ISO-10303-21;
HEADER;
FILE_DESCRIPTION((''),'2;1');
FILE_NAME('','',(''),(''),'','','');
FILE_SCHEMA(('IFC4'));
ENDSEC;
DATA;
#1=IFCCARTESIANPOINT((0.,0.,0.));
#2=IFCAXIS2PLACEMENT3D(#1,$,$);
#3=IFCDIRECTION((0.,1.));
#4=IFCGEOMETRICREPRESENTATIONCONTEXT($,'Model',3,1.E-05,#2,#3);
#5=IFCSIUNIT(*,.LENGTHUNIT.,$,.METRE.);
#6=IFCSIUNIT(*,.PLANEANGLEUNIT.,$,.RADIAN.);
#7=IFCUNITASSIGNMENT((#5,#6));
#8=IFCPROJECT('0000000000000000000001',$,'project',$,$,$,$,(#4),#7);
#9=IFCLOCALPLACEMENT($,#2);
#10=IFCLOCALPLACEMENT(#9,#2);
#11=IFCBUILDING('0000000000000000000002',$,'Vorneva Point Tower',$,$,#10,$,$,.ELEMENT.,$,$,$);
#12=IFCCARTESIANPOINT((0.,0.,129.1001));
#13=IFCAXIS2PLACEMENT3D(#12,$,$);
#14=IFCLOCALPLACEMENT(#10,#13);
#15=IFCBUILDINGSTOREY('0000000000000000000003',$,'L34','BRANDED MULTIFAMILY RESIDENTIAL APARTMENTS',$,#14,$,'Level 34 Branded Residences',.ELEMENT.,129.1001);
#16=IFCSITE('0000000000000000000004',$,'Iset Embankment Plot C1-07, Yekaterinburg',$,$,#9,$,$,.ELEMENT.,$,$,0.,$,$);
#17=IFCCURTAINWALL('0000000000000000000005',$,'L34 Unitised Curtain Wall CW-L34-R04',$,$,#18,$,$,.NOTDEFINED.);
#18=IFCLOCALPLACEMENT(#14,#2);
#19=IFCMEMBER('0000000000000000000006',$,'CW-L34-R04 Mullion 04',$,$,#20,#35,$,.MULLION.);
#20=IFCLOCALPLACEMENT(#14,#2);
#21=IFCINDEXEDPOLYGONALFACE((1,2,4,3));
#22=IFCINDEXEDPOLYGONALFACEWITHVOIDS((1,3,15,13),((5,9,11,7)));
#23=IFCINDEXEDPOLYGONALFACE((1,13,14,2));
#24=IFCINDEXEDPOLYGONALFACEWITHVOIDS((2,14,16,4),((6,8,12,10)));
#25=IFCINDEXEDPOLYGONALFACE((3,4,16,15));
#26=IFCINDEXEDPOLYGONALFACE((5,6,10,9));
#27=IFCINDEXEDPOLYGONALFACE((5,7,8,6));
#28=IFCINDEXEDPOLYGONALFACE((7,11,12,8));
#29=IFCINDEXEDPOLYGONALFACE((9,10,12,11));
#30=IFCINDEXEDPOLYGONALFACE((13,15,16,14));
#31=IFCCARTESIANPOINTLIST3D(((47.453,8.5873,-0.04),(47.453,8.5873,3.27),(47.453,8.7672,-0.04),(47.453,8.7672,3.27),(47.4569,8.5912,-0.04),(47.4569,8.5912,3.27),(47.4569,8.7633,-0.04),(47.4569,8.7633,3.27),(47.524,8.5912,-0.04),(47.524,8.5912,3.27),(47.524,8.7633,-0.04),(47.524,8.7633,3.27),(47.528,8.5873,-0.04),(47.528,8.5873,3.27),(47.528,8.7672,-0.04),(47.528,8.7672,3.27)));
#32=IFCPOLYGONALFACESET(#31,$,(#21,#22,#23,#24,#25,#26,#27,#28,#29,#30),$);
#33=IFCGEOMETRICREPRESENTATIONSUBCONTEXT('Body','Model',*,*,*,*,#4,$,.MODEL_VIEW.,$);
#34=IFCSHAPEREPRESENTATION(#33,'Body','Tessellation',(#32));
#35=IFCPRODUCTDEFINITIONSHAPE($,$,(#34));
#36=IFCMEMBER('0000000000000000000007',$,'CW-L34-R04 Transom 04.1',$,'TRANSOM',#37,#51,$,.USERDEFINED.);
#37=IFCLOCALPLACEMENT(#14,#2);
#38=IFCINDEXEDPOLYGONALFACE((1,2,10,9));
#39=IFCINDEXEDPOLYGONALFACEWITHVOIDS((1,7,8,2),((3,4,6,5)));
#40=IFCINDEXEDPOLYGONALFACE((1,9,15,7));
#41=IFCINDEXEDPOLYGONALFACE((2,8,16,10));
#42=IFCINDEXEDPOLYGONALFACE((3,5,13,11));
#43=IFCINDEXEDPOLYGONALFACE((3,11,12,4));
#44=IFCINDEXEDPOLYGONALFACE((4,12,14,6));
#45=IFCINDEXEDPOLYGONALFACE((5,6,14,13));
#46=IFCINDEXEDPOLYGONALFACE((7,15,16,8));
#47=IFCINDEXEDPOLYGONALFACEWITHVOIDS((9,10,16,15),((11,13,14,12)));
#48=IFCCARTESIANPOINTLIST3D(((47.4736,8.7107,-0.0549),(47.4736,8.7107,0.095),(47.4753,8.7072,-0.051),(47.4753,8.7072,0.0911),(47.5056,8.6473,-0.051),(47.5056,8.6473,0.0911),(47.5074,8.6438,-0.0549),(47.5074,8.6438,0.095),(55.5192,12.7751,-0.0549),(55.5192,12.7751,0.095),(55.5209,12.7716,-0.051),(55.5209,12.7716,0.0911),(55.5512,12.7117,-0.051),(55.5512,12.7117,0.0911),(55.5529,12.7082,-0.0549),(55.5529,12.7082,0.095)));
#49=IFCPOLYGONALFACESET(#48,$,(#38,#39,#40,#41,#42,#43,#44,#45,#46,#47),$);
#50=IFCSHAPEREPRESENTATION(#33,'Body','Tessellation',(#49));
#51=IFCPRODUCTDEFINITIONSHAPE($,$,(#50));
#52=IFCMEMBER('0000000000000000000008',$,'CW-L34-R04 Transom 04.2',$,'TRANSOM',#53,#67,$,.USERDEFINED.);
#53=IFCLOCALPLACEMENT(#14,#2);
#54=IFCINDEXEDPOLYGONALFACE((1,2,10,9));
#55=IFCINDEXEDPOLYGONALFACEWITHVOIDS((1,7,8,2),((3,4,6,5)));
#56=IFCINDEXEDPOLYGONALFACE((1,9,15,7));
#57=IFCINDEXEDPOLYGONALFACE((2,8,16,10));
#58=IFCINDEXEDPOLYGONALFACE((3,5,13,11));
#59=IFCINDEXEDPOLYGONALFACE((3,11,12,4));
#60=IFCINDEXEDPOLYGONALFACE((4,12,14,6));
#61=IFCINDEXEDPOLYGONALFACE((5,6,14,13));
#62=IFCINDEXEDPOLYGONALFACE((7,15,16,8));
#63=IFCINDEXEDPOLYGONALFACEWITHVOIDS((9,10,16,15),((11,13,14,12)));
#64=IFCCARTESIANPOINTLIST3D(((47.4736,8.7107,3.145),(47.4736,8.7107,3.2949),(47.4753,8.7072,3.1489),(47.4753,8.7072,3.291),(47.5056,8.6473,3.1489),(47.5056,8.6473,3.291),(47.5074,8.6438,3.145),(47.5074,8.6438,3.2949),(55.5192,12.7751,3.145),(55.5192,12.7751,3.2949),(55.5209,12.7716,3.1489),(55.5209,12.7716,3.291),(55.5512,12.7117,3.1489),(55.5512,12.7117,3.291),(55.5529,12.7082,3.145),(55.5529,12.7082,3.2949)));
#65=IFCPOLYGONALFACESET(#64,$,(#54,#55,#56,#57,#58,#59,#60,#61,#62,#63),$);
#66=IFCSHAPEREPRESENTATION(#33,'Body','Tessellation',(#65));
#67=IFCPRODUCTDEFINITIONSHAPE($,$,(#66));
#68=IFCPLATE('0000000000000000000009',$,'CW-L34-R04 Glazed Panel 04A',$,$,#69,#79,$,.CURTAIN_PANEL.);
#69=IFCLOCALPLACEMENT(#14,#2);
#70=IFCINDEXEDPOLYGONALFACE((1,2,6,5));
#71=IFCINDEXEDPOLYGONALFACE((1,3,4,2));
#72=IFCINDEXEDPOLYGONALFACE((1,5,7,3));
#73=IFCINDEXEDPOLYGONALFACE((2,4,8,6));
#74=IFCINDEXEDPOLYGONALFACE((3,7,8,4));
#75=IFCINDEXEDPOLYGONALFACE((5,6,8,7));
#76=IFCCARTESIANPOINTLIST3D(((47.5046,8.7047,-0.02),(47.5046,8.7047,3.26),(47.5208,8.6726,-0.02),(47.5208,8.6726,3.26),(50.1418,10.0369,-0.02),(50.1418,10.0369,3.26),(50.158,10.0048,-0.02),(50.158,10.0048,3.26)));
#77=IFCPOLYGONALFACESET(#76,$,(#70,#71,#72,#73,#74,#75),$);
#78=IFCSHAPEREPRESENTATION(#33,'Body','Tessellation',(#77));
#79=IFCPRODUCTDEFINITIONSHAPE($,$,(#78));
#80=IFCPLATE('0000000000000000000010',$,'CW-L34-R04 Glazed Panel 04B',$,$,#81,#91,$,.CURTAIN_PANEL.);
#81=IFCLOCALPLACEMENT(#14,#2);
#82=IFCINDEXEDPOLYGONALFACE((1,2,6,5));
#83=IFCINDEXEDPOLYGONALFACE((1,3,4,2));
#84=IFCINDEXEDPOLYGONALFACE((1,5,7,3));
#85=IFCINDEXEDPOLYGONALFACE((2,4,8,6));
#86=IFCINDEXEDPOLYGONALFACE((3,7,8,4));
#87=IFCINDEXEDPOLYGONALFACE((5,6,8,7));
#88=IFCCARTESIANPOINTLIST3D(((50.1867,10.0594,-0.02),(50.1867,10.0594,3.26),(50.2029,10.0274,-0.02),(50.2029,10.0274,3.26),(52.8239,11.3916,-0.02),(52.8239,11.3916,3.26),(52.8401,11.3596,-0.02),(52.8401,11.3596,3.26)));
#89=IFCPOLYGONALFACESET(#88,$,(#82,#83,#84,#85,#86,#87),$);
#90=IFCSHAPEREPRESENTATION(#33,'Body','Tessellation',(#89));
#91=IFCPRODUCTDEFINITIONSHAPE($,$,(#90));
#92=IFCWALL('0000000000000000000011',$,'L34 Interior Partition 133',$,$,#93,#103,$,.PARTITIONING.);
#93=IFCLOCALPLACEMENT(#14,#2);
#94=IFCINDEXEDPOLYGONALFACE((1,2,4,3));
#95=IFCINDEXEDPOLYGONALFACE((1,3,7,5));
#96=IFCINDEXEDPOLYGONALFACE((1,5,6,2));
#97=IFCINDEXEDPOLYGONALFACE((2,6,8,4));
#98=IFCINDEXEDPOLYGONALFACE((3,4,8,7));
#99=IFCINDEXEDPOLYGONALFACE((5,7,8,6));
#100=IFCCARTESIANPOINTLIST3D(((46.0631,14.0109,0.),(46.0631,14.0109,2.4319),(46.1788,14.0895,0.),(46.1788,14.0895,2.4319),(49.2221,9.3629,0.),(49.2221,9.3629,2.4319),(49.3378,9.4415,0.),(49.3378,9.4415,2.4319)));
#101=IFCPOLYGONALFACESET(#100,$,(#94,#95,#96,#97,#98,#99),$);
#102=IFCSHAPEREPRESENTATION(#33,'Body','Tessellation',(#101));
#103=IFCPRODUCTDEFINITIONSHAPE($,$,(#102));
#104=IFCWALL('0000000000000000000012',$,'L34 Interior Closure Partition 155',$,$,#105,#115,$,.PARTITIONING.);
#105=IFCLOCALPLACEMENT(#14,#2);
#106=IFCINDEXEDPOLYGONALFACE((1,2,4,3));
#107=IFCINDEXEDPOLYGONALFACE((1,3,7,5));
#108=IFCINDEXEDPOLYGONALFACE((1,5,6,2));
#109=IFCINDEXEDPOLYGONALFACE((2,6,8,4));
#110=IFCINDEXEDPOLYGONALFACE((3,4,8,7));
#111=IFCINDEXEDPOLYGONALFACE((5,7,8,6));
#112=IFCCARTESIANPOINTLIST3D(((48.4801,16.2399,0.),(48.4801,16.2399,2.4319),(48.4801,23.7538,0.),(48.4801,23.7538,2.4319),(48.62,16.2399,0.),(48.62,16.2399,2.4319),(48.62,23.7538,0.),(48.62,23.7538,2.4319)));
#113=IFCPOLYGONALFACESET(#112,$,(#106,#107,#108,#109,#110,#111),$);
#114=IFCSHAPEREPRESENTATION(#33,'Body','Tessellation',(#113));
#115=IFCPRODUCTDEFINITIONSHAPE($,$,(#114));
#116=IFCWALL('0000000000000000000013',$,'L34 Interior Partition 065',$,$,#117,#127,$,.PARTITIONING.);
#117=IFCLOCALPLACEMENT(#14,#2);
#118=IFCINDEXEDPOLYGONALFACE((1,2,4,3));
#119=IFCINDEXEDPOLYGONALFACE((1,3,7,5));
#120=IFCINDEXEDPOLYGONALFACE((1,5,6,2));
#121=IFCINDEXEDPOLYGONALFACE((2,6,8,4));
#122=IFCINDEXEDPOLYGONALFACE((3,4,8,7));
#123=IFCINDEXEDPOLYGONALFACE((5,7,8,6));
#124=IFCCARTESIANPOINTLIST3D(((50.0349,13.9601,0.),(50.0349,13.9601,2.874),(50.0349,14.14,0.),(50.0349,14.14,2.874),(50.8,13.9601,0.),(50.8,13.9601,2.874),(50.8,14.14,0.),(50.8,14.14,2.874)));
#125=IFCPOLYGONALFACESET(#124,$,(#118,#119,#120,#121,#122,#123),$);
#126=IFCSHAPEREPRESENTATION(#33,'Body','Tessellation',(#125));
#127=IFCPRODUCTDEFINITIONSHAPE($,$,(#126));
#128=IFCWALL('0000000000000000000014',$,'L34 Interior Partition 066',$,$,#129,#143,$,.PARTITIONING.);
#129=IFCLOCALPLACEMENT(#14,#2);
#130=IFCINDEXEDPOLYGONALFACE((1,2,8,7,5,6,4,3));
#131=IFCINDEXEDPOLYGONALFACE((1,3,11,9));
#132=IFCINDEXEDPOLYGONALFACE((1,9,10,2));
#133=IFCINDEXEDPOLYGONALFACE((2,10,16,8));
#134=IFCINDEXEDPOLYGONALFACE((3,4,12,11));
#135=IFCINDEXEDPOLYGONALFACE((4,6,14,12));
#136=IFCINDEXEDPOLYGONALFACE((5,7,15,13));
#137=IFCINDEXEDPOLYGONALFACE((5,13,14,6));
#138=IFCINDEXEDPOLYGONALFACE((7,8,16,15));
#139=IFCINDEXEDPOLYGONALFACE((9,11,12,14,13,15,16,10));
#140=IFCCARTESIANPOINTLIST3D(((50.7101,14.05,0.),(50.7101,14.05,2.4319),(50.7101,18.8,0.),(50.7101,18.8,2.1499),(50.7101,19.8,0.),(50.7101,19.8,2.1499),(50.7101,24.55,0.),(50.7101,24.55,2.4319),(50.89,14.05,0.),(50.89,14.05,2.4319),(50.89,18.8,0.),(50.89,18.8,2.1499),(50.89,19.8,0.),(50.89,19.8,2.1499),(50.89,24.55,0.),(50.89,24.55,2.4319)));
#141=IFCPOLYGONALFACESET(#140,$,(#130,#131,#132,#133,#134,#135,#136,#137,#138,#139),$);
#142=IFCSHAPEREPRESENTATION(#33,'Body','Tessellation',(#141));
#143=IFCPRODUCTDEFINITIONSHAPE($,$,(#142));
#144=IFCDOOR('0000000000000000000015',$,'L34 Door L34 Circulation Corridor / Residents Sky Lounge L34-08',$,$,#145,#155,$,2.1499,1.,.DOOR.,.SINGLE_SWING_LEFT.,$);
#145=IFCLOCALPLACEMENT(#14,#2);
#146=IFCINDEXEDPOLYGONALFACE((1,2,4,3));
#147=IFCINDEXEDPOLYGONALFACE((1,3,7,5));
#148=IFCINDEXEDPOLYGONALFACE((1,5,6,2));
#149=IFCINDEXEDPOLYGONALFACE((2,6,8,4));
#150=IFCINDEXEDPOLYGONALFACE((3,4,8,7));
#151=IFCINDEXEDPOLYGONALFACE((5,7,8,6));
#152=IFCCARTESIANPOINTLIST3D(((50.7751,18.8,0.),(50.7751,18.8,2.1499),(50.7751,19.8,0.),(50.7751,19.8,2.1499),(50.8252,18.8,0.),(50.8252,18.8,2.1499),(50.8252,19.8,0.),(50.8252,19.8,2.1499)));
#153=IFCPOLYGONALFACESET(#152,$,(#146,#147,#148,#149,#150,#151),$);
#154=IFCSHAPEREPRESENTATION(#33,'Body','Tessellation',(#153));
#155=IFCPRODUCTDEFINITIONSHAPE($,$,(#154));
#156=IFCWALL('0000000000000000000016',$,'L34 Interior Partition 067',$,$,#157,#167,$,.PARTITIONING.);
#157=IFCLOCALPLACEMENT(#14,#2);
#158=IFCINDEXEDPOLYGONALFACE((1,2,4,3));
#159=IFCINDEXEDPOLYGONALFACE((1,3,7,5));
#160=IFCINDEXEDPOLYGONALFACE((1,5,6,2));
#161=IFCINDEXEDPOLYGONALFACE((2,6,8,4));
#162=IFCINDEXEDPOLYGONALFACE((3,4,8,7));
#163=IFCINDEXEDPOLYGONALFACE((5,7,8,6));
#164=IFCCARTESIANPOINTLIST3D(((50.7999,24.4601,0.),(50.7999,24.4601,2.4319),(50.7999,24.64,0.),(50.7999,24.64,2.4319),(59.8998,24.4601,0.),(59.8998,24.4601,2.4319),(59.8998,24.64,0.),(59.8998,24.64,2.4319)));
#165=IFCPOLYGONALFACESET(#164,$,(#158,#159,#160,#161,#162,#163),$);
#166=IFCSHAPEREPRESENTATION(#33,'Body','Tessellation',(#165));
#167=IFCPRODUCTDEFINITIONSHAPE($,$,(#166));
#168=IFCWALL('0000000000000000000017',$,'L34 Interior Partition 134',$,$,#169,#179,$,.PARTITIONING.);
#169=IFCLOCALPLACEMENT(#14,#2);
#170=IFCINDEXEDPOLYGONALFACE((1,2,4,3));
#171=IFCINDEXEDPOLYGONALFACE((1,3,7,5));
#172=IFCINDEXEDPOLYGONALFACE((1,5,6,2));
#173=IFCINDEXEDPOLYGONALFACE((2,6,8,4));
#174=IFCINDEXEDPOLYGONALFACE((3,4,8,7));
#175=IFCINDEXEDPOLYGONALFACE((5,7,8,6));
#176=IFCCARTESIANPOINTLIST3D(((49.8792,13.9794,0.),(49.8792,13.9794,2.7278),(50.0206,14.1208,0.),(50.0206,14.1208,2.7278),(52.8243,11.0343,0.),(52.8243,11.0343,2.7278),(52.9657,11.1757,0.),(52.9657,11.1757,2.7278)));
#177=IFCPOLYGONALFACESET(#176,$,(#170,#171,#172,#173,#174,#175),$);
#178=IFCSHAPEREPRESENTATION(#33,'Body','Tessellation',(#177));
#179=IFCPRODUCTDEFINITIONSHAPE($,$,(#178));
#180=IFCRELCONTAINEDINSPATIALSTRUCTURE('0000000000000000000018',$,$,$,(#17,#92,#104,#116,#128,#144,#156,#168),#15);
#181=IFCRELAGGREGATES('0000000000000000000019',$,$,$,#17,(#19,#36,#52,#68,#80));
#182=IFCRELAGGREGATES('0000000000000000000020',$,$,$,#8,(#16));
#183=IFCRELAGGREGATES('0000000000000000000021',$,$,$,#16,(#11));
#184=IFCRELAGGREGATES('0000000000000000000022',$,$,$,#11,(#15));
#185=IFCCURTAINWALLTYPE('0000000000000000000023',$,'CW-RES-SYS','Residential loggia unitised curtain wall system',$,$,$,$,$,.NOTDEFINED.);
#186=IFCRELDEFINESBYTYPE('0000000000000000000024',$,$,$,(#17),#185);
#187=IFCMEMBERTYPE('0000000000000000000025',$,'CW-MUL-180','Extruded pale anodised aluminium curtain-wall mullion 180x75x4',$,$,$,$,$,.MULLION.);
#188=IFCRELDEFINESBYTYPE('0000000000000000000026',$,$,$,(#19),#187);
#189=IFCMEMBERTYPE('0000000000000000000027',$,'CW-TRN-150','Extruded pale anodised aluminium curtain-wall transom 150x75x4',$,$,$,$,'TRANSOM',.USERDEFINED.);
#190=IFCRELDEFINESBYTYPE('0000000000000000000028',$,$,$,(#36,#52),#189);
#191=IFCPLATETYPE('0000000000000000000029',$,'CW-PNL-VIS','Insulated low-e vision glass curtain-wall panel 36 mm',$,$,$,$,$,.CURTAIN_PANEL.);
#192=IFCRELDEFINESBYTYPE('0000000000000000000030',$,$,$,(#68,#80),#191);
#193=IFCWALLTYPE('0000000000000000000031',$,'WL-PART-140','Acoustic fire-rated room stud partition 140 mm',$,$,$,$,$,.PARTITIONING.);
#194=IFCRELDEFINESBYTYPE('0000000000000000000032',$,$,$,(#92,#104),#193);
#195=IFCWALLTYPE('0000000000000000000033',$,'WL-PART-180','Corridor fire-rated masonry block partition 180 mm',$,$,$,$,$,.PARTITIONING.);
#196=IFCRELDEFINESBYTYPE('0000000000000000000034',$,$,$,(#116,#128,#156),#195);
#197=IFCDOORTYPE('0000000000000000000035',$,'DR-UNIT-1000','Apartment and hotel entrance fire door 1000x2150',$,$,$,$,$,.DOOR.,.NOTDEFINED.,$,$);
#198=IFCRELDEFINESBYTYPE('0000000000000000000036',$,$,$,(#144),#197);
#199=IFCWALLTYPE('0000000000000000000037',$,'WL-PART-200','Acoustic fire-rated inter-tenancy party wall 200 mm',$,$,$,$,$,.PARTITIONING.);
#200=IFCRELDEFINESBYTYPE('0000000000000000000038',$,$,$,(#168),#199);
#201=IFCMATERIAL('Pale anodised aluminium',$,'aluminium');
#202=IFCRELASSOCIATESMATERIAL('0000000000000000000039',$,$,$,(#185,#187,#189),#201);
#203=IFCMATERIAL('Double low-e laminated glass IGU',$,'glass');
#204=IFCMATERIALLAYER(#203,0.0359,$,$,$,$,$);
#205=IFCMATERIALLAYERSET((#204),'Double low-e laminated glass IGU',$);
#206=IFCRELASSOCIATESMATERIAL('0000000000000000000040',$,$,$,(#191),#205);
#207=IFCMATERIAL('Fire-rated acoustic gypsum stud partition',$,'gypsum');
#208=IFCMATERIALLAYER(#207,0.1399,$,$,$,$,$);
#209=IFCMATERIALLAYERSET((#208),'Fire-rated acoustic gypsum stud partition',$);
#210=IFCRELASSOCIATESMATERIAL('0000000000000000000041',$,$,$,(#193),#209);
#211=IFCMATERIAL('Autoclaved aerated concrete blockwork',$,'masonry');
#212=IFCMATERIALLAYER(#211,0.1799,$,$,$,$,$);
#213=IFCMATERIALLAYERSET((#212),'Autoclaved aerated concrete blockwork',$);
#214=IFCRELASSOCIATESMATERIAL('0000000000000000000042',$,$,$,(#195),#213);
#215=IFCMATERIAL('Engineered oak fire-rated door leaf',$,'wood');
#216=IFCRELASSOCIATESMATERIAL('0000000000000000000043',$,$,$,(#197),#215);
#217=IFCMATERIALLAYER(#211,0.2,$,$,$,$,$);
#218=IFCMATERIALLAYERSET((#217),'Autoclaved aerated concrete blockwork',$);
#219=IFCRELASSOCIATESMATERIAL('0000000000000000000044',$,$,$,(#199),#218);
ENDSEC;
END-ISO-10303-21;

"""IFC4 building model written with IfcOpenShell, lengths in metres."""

from ifc_helpers import new_model, si_unit, direction, frame, frame_2d, origin, origin_2d, place, context, subcontext, project, spatial, rectangle, hollow_rectangle, extrude, material, layer, layer_set, material_profile, profile_set, type_object, element, fill, aggregate, save


model = new_model("IFC4")

# Units and contexts
model_context = context("Model", 3, precision=1e-05, world=origin(), true_north=direction((0.0, 1.0)))
body_context = subcontext(model_context, "Body", "Model", "MODEL_VIEW")
ifc_project = project(units=[si_unit("LENGTHUNIT", "METRE"), si_unit("PLANEANGLEUNIT", "RADIAN")], contexts=[model_context])

# Site, building, storey
site_placement = place(None, origin())
site = spatial("IfcSite", under=ifc_project, at=site_placement, Name="Iset Embankment Plot C1-07, Yekaterinburg", CompositionType="ELEMENT", RefElevation=0.0)
building_placement = place(site_placement, origin())
building = spatial("IfcBuilding", under=site, at=building_placement, Name="Vorneva Point Tower", CompositionType="ELEMENT")
storey_placement = place(building_placement, frame((0.0, 0.0, 129.1001)))
storey = spatial("IfcBuildingStorey", under=building, at=storey_placement, Name="L34", Description="BRANDED MULTIFAMILY RESIDENTIAL APARTMENTS", LongName="Level 34 Branded Residences", CompositionType="ELEMENT", Elevation=129.1001)

# Curtain wall, members, plates
ifc_material_1 = material(Name="Pale anodised aluminium", Category="aluminium")
curtain_wall_type = type_object("IfcCurtainWallType", Name="CW-RES-SYS", Description="Residential loggia unitised curtain wall system", PredefinedType="NOTDEFINED", material=ifc_material_1)
curtain_wall_placement = place(storey_placement, origin())
curtain_wall = element("IfcCurtainWall", 1, at=curtain_wall_placement, inside=storey, type_object=curtain_wall_type, Name="L34 Unitised Curtain Wall CW-L34-R04", PredefinedType="NOTDEFINED")
ifc_material_profile_1 = material_profile(ifc_material_1, hollow_rectangle(XDim=0.075, YDim=0.1799, WallThickness=0.0039, at=origin_2d()), Name="AL-MUL 180x75x4")
ifc_profile_set_1 = profile_set([ifc_material_profile_1], Name="Pale anodised aluminium")
member_type_1 = type_object("IfcMemberType", Name="CW-MUL-180", Description="Extruded pale anodised aluminium curtain-wall mullion 180x75x4", PredefinedType="MULLION", material=ifc_profile_set_1)
member_1_placement = place(storey_placement, frame((47.4905, 8.6772, -0.04), z_axis=(0.0, 0.0, 1.0), x_axis=(1.0, 0.0, 0.0)))
member_1 = element("IfcMember", 2, at=member_1_placement, type_object=member_type_1, Name="CW-L34-R04 Mullion 04", PredefinedType="MULLION", context=body_context, shape_type="SweptSolid", body=[
    extrude(hollow_rectangle(XDim=0.075, YDim=0.1799, WallThickness=0.0039, at=origin_2d()), origin(), (0.0, 0.0, 1.0), 3.3101),
])
ifc_material_profile_2 = material_profile(ifc_material_1, hollow_rectangle(XDim=0.075, YDim=0.1499, WallThickness=0.0039, at=origin_2d()), Name="AL-TRN 150x75x4")
ifc_profile_set_2 = profile_set([ifc_material_profile_2], Name="Pale anodised aluminium")
member_type_2 = type_object("IfcMemberType", Name="CW-TRN-150", Description="Extruded pale anodised aluminium curtain-wall transom 150x75x4", ElementType="TRANSOM", PredefinedType="USERDEFINED", material=ifc_profile_set_2)
member_2_placement = place(storey_placement, frame((47.4905, 8.6772, 0.02), z_axis=(0.892572, 0.450904, 0.0), x_axis=(-0.450904, 0.892572, 0.0)))
member_2 = element("IfcMember", 3, at=member_2_placement, type_object=member_type_2, Name="CW-L34-R04 Transom 04.1", ObjectType="TRANSOM", PredefinedType="USERDEFINED", context=body_context, shape_type="SweptSolid", body=[
    extrude(hollow_rectangle(XDim=0.075, YDim=0.1499, WallThickness=0.0039, at=origin_2d()), origin(), (0.0, 0.0, 1.0), 9.0139),
])
member_3_placement = place(storey_placement, frame((47.4905, 8.6772, 3.22), z_axis=(0.892572, 0.450904, 0.0), x_axis=(-0.450904, 0.892572, 0.0)))
member_3 = element("IfcMember", 4, at=member_3_placement, type_object=member_type_2, Name="CW-L34-R04 Transom 04.2", ObjectType="TRANSOM", PredefinedType="USERDEFINED", context=body_context, shape_type="SweptSolid", body=[
    extrude(hollow_rectangle(XDim=0.075, YDim=0.1499, WallThickness=0.0039, at=origin_2d()), origin(), (0.0, 0.0, 1.0), 9.0139),
])
ifc_material_2 = material(Name="Double low-e laminated glass IGU", Category="glass")
ifc_layer_1 = layer(ifc_material_2, 0.0359)
ifc_layer_set_1 = layer_set([ifc_layer_1], Name="Double low-e laminated glass IGU")
plate_type = type_object("IfcPlateType", Name="CW-PNL-VIS", Description="Insulated low-e vision glass curtain-wall panel 36 mm", PredefinedType="CURTAIN_PANEL", material=ifc_layer_set_1)
plate_1_placement = place(storey_placement, frame((48.8313, 9.3547, -0.02), z_axis=(0.0, 0.0, 1.0), x_axis=(0.892578, 0.450893, 0.0)))
plate_1 = element("IfcPlate", 5, at=plate_1_placement, type_object=plate_type, Name="CW-L34-R04 Glazed Panel 04A", PredefinedType="CURTAIN_PANEL", context=body_context, shape_type="SweptSolid", body=[
    extrude(rectangle(XDim=2.9546, YDim=0.0359, at=origin_2d()), origin(), (0.0, 0.0, 1.0), 3.28),
])
plate_2_placement = place(storey_placement, frame((51.5134, 10.7095, -0.02), z_axis=(0.0, 0.0, 1.0), x_axis=(0.892578, 0.450893, 0.0)))
plate_2 = element("IfcPlate", 6, at=plate_2_placement, type_object=plate_type, Name="CW-L34-R04 Glazed Panel 04B", PredefinedType="CURTAIN_PANEL", context=body_context, shape_type="SweptSolid", body=[
    extrude(rectangle(XDim=2.9546, YDim=0.0359, at=origin_2d()), origin(), (0.0, 0.0, 1.0), 3.28),
])
aggregate(curtain_wall, [member_1, member_2, member_3, plate_1, plate_2])

# Walls
ifc_material_3 = material(Name="Fire-rated acoustic gypsum stud partition", Category="gypsum")
ifc_layer_2 = layer(ifc_material_3, 0.1399)
ifc_layer_set_2 = layer_set([ifc_layer_2], Name="Fire-rated acoustic gypsum stud partition")
wall_type_1 = type_object("IfcWallType", Name="WL-PART-140", Description="Acoustic fire-rated room stud partition 140 mm", PredefinedType="PARTITIONING", material=ifc_layer_set_2)
wall_1_placement = place(storey_placement, frame((49.28, 9.4021, 0.0), z_axis=(0.0, 0.0, 1.0), x_axis=(-0.562107, 0.827065, 0.0)))
element("IfcWall", 7, at=wall_1_placement, inside=storey, type_object=wall_type_1, Name="L34 Interior Partition 133", PredefinedType="PARTITIONING", context=body_context, shape_type="SweptSolid", body=[
    extrude(rectangle(XDim=5.6199, YDim=0.1399, at=frame_2d((2.8101, 0.0))), origin(), (0.0, 0.0, 1.0), 2.4319),
])
wall_2_placement = place(storey_placement, frame((48.55, 16.24, 0.0), z_axis=(0.0, 0.0, 1.0), x_axis=(0.0, 1.0, 0.0)))
element("IfcWall", 8, at=wall_2_placement, inside=storey, type_object=wall_type_1, Name="L34 Interior Closure Partition 155", PredefinedType="PARTITIONING", context=body_context, shape_type="SweptSolid", body=[
    extrude(rectangle(XDim=7.5139, YDim=0.1399, at=frame_2d((3.7568, 0.0))), origin(), (0.0, 0.0, 1.0), 2.4319),
])

# Shared definitions
ifc_material_4 = material(Name="Autoclaved aerated concrete blockwork", Category="masonry")
ifc_layer_3 = layer(ifc_material_4, 0.1799)
ifc_layer_set_3 = layer_set([ifc_layer_3], Name="Autoclaved aerated concrete blockwork")
wall_type_2 = type_object("IfcWallType", Name="WL-PART-180", Description="Corridor fire-rated masonry block partition 180 mm", PredefinedType="PARTITIONING", material=ifc_layer_set_3)

# Wall
wall_3_placement = place(storey_placement, frame((50.0349, 14.05, 0.0), z_axis=(0.0, 0.0, 1.0), x_axis=(1.0, 0.0, 0.0)))
element("IfcWall", 9, at=wall_3_placement, inside=storey, type_object=wall_type_2, Name="L34 Interior Partition 065", PredefinedType="PARTITIONING", context=body_context, shape_type="SweptSolid", body=[
    extrude(rectangle(XDim=0.7651, YDim=0.1799, at=frame_2d((0.3826, 0.0))), origin(), (0.0, 0.0, 1.0), 2.874),
])

# Wall, opening, door
wall_4_placement = place(storey_placement, frame((50.8, 14.05, 0.0), z_axis=(0.0, 0.0, 1.0), x_axis=(0.0, 1.0, 0.0)))
wall_4 = element("IfcWall", 10, at=wall_4_placement, inside=storey, type_object=wall_type_2, Name="L34 Interior Partition 066", PredefinedType="PARTITIONING", context=body_context, shape_type="SweptSolid", body=[
    extrude(rectangle(XDim=10.5, YDim=0.1799, at=frame_2d((5.25, 0.0))), origin(), (0.0, 0.0, 1.0), 2.4319),
])
opening_1_placement = place(wall_4_placement, frame((4.75, 0.0, 0.0)))
opening_1 = element("IfcOpeningElement", 11, at=opening_1_placement, cuts=wall_4, PredefinedType="OPENING", context=body_context, shape_type="SweptSolid", body=[
    extrude(rectangle(XDim=1.0, YDim=2.1499, at=frame_2d((0.5, 1.075))), frame((0.0, 0.105, 0.0), z_axis=(0.0, -1.0, 0.0), x_axis=(1.0, 0.0, 0.0)), (0.0, 0.0, 1.0), 0.2097),
])
ifc_material_5 = material(Name="Engineered oak fire-rated door leaf", Category="wood")
door_type_1 = type_object("IfcDoorType", Name="DR-UNIT-1000", Description="Apartment and hotel entrance fire door 1000x2150", OperationType="NOTDEFINED", PredefinedType="DOOR", material=ifc_material_5)
door_1_placement = place(opening_1_placement, origin())
door_1 = element("IfcDoor", 12, at=door_1_placement, inside=storey, type_object=door_type_1, Name="L34 Door L34 Circulation Corridor / Residents Sky Lounge L34-08", OperationType="SINGLE_SWING_LEFT", OverallHeight=2.1499, OverallWidth=1.0, PredefinedType="DOOR", context=body_context, shape_type="SweptSolid", body=[
    extrude(rectangle(XDim=1.0, YDim=2.1499, at=frame_2d((0.5, 1.075))), frame((0.0, 0.0249, 0.0), z_axis=(0.0, -1.0, 0.0), x_axis=(1.0, 0.0, 0.0)), (0.0, 0.0, 1.0), 0.05),
])
fill(opening_1, door_1)

# Walls
wall_5_placement = place(storey_placement, frame((50.8, 24.55, 0.0), z_axis=(0.0, 0.0, 1.0), x_axis=(1.0, 0.0, 0.0)))
element("IfcWall", 13, at=wall_5_placement, inside=storey, type_object=wall_type_2, Name="L34 Interior Partition 067", PredefinedType="PARTITIONING", context=body_context, shape_type="SweptSolid", body=[
    extrude(rectangle(XDim=9.0999, YDim=0.1799, at=frame_2d((4.5498, 0.0))), origin(), (0.0, 0.0, 1.0), 2.4319),
])
ifc_layer_4 = layer(ifc_material_4, 0.2)
ifc_layer_set_4 = layer_set([ifc_layer_4], Name="Autoclaved aerated concrete blockwork")
wall_type_3 = type_object("IfcWallType", Name="WL-PART-200", Description="Acoustic fire-rated inter-tenancy party wall 200 mm", PredefinedType="PARTITIONING", material=ifc_layer_set_4)
wall_6_placement = place(storey_placement, frame((52.895, 11.105, 0.0), z_axis=(0.0, 0.0, 1.0), x_axis=(-0.707107, 0.707107, 0.0)))
element("IfcWall", 14, at=wall_6_placement, inside=storey, type_object=wall_type_3, Name="L34 Interior Partition 134", PredefinedType="PARTITIONING", context=body_context, shape_type="SweptSolid", body=[
    extrude(rectangle(XDim=4.165, YDim=0.2, at=frame_2d((2.0825, 0.0))), origin(), (0.0, 0.0, 1.0), 2.7278),
])

save(model, "model.ifc")
